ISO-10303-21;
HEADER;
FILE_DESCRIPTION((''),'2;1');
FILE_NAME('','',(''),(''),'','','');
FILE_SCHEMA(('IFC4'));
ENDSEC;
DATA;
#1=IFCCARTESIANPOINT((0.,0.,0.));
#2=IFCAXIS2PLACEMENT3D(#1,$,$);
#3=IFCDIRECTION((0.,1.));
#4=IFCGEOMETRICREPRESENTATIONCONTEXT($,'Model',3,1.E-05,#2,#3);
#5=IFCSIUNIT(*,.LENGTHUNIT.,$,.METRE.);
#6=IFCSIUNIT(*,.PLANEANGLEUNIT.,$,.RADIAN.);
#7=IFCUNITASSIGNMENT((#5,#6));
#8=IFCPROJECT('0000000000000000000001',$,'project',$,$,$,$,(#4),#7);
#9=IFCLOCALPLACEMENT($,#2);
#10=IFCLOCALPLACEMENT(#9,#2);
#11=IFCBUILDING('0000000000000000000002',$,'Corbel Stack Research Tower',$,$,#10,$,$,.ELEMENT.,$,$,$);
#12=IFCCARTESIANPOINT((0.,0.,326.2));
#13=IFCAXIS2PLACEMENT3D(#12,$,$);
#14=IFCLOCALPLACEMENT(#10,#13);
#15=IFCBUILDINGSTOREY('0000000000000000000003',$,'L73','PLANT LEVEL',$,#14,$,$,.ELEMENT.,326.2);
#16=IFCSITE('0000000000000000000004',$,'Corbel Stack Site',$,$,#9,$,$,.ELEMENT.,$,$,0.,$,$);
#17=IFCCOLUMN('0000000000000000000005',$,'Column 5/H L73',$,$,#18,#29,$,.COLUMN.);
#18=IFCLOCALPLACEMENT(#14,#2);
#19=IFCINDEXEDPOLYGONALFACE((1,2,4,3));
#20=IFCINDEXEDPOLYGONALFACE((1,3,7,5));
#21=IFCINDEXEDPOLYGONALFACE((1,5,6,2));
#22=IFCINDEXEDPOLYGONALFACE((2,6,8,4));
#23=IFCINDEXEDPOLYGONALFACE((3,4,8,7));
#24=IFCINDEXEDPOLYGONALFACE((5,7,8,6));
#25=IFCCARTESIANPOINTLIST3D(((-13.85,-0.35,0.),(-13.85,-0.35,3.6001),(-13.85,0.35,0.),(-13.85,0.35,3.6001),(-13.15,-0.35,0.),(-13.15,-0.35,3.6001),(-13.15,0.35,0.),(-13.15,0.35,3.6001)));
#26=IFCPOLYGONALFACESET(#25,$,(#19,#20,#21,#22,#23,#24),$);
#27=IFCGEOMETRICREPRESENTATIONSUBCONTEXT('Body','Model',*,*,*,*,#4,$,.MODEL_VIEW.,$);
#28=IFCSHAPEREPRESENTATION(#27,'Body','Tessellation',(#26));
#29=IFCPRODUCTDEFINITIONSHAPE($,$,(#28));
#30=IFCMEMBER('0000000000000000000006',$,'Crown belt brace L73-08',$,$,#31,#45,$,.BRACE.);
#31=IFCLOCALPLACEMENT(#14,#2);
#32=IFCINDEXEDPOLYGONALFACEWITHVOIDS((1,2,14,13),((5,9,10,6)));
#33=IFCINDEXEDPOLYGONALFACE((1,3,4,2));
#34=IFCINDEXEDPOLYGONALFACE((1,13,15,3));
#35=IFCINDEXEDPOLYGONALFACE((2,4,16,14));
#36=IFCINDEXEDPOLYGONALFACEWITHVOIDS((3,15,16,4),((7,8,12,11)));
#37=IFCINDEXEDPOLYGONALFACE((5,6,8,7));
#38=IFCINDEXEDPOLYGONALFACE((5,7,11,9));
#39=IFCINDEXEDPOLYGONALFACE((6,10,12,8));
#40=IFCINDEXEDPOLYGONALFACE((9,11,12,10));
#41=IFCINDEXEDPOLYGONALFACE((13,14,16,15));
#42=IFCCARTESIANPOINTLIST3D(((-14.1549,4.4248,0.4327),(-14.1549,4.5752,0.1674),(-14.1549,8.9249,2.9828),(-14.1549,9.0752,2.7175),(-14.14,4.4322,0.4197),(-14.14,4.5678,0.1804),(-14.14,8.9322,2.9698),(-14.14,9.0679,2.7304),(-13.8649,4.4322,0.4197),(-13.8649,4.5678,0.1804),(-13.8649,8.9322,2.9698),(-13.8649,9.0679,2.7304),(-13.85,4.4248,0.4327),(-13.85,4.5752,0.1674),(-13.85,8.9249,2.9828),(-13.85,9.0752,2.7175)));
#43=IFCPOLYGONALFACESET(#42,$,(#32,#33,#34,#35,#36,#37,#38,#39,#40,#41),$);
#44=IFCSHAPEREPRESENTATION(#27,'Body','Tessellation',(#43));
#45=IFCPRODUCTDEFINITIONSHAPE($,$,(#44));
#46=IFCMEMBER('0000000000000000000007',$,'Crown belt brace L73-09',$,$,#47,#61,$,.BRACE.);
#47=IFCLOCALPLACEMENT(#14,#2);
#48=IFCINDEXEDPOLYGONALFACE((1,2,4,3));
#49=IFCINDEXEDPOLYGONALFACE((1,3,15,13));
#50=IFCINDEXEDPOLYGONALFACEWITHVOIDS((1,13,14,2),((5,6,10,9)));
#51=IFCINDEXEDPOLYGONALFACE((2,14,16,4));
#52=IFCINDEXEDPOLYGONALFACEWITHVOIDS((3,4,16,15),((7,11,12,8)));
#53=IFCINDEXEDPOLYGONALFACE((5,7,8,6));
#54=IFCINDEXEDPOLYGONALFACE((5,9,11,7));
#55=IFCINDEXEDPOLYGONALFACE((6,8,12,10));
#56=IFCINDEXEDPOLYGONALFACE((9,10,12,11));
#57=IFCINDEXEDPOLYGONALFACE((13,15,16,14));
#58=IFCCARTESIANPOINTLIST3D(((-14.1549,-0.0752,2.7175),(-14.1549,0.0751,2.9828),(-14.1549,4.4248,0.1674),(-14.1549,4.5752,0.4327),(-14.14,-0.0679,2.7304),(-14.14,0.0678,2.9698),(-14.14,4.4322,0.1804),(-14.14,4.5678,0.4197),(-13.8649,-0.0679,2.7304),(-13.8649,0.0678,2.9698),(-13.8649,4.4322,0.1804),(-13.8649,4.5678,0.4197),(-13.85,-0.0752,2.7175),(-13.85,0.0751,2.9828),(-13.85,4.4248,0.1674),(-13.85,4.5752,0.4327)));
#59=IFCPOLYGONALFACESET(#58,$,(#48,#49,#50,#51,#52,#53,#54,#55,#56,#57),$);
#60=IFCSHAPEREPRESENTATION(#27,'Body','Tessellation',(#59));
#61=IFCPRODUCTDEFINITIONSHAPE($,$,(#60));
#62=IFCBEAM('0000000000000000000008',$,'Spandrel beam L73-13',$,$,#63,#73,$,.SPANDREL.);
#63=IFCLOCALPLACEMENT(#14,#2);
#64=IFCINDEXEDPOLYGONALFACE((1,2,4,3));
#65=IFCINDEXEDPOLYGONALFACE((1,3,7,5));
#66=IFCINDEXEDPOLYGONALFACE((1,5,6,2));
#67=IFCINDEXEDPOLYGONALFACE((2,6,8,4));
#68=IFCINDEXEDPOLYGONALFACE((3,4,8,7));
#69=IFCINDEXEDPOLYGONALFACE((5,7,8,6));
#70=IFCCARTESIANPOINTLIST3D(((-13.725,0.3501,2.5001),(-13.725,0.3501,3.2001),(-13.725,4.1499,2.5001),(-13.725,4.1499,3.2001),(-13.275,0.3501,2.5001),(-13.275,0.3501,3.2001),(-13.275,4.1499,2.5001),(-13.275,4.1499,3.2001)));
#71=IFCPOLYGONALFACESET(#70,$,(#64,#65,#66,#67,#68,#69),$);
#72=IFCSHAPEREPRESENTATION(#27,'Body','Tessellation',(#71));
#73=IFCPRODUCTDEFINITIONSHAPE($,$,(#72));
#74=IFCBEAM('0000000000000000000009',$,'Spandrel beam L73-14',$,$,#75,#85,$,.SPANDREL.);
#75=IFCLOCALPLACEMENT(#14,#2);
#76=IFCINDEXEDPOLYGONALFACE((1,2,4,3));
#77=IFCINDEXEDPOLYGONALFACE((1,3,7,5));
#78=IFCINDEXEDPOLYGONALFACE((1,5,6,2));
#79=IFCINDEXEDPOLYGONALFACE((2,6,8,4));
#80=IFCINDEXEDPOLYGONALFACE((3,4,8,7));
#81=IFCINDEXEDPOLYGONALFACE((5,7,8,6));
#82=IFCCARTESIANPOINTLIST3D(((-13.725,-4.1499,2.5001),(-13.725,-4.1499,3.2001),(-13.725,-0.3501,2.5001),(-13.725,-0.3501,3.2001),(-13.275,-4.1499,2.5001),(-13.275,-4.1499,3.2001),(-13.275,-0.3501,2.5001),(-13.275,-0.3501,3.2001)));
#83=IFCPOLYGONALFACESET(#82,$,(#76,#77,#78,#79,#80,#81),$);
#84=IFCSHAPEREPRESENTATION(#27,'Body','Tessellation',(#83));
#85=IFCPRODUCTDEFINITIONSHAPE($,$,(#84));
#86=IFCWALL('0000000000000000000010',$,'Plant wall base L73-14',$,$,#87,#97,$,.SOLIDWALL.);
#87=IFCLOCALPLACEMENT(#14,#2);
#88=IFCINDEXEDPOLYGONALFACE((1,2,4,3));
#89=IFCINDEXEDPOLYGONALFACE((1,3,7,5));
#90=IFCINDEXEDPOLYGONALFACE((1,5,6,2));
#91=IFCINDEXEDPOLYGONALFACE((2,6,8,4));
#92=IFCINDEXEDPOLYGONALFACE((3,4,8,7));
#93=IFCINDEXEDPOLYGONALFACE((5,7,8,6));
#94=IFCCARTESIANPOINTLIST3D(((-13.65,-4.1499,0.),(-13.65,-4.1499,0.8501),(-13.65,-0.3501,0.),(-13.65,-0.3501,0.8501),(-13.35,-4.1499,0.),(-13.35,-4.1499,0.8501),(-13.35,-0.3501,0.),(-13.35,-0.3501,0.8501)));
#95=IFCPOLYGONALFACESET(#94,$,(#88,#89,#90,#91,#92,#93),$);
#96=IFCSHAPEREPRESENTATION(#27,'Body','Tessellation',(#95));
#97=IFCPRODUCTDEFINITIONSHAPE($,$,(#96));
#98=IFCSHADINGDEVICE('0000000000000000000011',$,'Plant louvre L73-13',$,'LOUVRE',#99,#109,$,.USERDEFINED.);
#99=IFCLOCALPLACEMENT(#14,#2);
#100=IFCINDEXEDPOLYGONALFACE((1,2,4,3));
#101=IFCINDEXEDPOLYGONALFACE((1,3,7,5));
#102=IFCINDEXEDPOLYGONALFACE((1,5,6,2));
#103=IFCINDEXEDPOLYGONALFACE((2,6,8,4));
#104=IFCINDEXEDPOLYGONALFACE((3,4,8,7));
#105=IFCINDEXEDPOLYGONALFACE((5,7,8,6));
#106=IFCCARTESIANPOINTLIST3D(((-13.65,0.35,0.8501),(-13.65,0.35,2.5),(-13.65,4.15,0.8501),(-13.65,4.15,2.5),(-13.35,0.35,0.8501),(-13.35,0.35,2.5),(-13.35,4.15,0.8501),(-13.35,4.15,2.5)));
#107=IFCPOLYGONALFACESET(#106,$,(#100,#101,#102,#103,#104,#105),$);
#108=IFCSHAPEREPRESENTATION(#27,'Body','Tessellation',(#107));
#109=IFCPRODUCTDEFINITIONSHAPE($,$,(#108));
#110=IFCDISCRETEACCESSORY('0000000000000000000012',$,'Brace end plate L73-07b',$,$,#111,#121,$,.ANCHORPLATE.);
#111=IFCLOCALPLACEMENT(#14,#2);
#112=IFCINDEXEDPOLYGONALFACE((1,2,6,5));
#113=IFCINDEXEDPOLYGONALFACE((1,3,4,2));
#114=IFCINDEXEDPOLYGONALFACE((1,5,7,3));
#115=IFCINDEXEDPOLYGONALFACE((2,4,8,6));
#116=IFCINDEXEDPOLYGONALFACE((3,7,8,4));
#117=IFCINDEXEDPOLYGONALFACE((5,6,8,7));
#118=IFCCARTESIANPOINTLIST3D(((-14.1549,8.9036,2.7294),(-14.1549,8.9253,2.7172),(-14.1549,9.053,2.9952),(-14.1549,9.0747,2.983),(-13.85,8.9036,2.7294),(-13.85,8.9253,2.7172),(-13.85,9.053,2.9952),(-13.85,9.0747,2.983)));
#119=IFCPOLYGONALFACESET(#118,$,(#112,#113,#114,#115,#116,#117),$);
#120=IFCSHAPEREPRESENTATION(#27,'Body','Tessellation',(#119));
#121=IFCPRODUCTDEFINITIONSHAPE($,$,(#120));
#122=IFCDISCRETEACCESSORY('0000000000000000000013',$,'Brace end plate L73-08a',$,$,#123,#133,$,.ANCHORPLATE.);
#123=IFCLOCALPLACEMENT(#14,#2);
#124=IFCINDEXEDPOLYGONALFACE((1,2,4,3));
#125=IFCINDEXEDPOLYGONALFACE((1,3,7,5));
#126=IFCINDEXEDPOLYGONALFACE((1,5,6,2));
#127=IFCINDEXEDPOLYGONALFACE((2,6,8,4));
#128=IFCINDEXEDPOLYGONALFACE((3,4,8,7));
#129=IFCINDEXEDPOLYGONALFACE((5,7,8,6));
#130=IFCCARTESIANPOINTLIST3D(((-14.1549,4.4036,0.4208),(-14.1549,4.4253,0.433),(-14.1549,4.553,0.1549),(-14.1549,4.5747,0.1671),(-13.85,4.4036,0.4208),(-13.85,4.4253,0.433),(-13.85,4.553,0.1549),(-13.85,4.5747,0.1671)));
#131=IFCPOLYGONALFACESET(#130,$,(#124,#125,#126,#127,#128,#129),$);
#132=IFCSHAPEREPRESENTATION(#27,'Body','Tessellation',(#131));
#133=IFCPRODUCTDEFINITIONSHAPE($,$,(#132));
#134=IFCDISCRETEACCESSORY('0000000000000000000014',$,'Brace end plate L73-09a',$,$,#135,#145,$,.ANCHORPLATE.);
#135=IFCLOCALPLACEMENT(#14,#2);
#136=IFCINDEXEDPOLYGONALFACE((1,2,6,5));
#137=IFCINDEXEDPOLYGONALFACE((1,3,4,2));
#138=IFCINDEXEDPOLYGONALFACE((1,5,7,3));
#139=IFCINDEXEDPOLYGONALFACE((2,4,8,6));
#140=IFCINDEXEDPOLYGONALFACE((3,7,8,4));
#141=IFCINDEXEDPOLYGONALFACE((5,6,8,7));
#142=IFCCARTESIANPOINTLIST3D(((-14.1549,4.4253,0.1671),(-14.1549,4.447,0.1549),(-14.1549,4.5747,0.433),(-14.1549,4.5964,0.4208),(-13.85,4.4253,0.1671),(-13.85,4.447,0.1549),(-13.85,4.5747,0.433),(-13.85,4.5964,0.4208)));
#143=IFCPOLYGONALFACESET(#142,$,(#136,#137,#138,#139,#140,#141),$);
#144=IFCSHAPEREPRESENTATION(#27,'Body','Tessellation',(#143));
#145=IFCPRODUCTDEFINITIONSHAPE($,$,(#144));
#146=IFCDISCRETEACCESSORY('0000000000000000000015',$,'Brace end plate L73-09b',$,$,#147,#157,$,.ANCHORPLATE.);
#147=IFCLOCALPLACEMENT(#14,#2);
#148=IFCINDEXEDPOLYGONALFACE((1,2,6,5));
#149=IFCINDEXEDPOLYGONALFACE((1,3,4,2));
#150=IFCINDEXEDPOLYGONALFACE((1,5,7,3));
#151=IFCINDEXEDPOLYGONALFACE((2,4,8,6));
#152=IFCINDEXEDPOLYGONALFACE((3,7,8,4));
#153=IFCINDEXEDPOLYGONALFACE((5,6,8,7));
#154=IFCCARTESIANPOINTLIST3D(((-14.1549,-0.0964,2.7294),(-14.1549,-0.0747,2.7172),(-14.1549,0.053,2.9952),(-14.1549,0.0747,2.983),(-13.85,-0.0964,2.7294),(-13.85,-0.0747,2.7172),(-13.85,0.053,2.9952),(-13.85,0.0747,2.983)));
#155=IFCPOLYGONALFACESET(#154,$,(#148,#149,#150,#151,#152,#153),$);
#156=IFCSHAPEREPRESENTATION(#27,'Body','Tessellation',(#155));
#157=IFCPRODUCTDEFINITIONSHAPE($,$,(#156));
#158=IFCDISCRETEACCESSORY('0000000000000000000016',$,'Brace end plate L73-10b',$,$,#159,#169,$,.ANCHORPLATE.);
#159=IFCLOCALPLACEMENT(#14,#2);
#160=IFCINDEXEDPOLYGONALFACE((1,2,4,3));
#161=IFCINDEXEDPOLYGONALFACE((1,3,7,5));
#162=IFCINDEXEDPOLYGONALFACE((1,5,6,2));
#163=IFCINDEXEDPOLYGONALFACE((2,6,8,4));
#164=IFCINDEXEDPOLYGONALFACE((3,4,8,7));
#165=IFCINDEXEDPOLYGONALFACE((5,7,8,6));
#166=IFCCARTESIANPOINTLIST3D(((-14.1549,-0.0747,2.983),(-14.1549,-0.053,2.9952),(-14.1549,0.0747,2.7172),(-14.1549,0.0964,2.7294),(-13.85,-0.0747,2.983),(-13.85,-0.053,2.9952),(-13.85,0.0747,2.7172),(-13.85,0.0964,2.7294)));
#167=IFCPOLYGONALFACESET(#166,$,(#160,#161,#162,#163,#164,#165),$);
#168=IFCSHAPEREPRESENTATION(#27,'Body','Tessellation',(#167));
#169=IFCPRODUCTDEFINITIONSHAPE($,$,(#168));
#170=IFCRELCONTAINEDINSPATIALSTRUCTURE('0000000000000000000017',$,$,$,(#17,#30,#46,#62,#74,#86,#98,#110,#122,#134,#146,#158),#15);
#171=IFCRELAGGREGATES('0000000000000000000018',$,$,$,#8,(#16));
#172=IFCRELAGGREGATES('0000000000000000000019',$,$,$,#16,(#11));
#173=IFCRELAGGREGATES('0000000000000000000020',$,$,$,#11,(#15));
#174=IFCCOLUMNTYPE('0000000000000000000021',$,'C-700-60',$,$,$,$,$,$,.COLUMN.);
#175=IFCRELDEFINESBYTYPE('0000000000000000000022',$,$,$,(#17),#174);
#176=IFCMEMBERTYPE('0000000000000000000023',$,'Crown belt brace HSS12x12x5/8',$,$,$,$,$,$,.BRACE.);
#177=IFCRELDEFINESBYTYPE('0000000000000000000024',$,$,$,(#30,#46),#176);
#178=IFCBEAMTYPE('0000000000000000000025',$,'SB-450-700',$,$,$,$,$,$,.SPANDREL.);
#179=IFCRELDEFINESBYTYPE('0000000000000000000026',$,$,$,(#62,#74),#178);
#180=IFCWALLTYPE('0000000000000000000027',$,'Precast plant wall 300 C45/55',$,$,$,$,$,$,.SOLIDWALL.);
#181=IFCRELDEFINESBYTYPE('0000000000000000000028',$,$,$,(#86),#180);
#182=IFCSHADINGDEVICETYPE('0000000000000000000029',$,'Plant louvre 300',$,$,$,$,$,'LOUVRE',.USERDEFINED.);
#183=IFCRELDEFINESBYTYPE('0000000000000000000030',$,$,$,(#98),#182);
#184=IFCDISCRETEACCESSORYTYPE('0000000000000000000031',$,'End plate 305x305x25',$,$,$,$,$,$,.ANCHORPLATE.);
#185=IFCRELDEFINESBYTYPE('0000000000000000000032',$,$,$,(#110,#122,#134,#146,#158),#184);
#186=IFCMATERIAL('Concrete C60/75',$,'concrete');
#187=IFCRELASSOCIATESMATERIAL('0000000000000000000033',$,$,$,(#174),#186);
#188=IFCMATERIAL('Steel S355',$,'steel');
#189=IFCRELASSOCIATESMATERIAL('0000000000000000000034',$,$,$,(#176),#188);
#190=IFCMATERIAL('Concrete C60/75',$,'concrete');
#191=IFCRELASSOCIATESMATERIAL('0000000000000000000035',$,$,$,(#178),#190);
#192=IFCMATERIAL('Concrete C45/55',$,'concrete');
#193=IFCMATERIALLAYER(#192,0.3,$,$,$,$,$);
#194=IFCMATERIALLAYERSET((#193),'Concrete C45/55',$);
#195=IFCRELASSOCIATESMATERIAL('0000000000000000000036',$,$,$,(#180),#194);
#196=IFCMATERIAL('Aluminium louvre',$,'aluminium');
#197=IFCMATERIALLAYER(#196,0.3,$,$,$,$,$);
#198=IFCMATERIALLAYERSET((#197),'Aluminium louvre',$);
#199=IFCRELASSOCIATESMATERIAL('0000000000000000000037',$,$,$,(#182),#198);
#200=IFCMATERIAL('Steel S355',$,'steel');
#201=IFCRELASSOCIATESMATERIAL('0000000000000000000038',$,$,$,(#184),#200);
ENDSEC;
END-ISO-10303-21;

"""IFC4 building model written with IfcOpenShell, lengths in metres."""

from ifc_helpers import new_model, si_unit, direction, frame, frame_2d, origin, origin_2d, place, context, subcontext, project, spatial, rectangle, hollow_rectangle, extrude, material, layer, layer_set, material_profile, profile_set, type_object, element, save


model = new_model("IFC4")

# Units and contexts
model_context = context("Model", 3, precision=1e-05, world=origin(), true_north=direction((0.0, 1.0)))
body_context = subcontext(model_context, "Body", "Model", "MODEL_VIEW")
ifc_project = project(units=[si_unit("LENGTHUNIT", "METRE"), si_unit("PLANEANGLEUNIT", "RADIAN")], contexts=[model_context])

# Site, building, storey
site_placement = place(None, origin())
site = spatial("IfcSite", under=ifc_project, at=site_placement, Name="Corbel Stack Site", CompositionType="ELEMENT", RefElevation=0.0)
building_placement = place(site_placement, origin())
building = spatial("IfcBuilding", under=site, at=building_placement, Name="Corbel Stack Research Tower", CompositionType="ELEMENT")
storey_placement = place(building_placement, frame((0.0, 0.0, 326.2)))
storey = spatial("IfcBuildingStorey", under=building, at=storey_placement, Name="L73", Description="PLANT LEVEL", CompositionType="ELEMENT", Elevation=326.2)

# Column
ifc_material_1 = material(Name="Concrete C60/75", Category="concrete")
ifc_material_profile_1 = material_profile(ifc_material_1, rectangle(XDim=0.7, YDim=0.7, at=origin_2d()), Name="RC 700 x 700")
ifc_profile_set_1 = profile_set([ifc_material_profile_1], Name="Concrete C60/75")
column_type = type_object("IfcColumnType", Name="C-700-60", PredefinedType="COLUMN", material=ifc_profile_set_1)
column_placement = place(storey_placement, frame((-13.5, 0.0, 0.0), z_axis=(0.0, 0.0, 1.0), x_axis=(1.0, 0.0, 0.0)))
element("IfcColumn", 1, at=column_placement, inside=storey, type_object=column_type, Name="Column 5/H L73", PredefinedType="COLUMN", context=body_context, shape_type="SweptSolid", body=[
    extrude(rectangle(XDim=0.7, YDim=0.7, at=origin_2d()), origin(), (0.0, 0.0, 1.0), 3.6001),
])

# Members
ifc_material_2 = material(Name="Steel S355", Category="steel")
ifc_material_profile_2 = material_profile(ifc_material_2, hollow_rectangle(XDim=0.3049, YDim=0.3049, WallThickness=0.0149, at=origin_2d()), Name="HSS12x12x5/8")
ifc_profile_set_2 = profile_set([ifc_material_profile_2], Name="Steel S355")
member_type = type_object("IfcMemberType", Name="Crown belt brace HSS12x12x5/8", PredefinedType="BRACE", material=ifc_profile_set_2)
for number, where, z_axis, x_axis, name in (
    (2, (-14.0024, 4.5, 0.3), (0.0, 0.870018, 0.49302), (-1.0, 0.0, 0.0), "Crown belt brace L73-08"),
    (3, (-14.0024, 4.5, 0.3), (0.0, -0.870018, 0.49302), (1.0, 0.0, 0.0), "Crown belt brace L73-09"),
):
    element("IfcMember", number, at=place(storey_placement, frame(where, z_axis=z_axis, x_axis=x_axis)), inside=storey, type_object=member_type, Name=name, PredefinedType="BRACE", context=body_context, shape_type="SweptSolid", body=[
        extrude(hollow_rectangle(XDim=0.3049, YDim=0.3049, WallThickness=0.0149, at=origin_2d()), origin(), (0.0, 0.0, 1.0), 5.1724),
    ])

# Beams
ifc_material_3 = material(Name="Concrete C60/75", Category="concrete")
ifc_material_profile_3 = material_profile(ifc_material_3, rectangle(XDim=0.45, YDim=0.7, at=origin_2d()), Name="RC 450 x 700")
ifc_profile_set_3 = profile_set([ifc_material_profile_3], Name="Concrete C60/75")
beam_type = type_object("IfcBeamType", Name="SB-450-700", PredefinedType="SPANDREL", material=ifc_profile_set_3)
for number, where, z_axis, x_axis, name in (
    (4, (-13.5, 4.1499, 2.8501), (0.0, -1.0, 0.0), (1.0, 0.0, 0.0), "Spandrel beam L73-13"),
    (5, (-13.5, -0.3501, 2.8501), (0.0, -1.0, 0.0), (1.0, 0.0, 0.0), "Spandrel beam L73-14"),
):
    element("IfcBeam", number, at=place(storey_placement, frame(where, z_axis=z_axis, x_axis=x_axis)), inside=storey, type_object=beam_type, Name=name, PredefinedType="SPANDREL", context=body_context, shape_type="SweptSolid", body=[
        extrude(rectangle(XDim=0.45, YDim=0.7, at=origin_2d()), origin(), (0.0, 0.0, 1.0), 3.7998),
    ])

# Wall
ifc_material_4 = material(Name="Concrete C45/55", Category="concrete")
ifc_layer_1 = layer(ifc_material_4, 0.3)
ifc_layer_set_1 = layer_set([ifc_layer_1], Name="Concrete C45/55")
wall_type = type_object("IfcWallType", Name="Precast plant wall 300 C45/55", PredefinedType="SOLIDWALL", material=ifc_layer_set_1)
wall_placement = place(storey_placement, frame((-13.5, -0.3501, 0.0), z_axis=(0.0, 0.0, 1.0), x_axis=(0.0, -1.0, 0.0)))
element("IfcWall", 6, at=wall_placement, inside=storey, type_object=wall_type, Name="Plant wall base L73-14", PredefinedType="SOLIDWALL", context=body_context, shape_type="SweptSolid", body=[
    extrude(rectangle(XDim=3.7998, YDim=0.3, at=frame_2d((1.8999, 0.0))), origin(), (0.0, 0.0, 1.0), 0.8501),
])

# Shading device
ifc_material_5 = material(Name="Aluminium louvre", Category="aluminium")
ifc_layer_2 = layer(ifc_material_5, 0.3)
ifc_layer_set_2 = layer_set([ifc_layer_2], Name="Aluminium louvre")
shading_device_type = type_object("IfcShadingDeviceType", Name="Plant louvre 300", ElementType="LOUVRE", PredefinedType="USERDEFINED", material=ifc_layer_set_2)
shading_device_placement = place(storey_placement, frame((-13.5, 2.25, 0.8501), z_axis=(0.0, 0.0, 1.0), x_axis=(0.0, -1.0, 0.0)))
element("IfcShadingDevice", 7, at=shading_device_placement, inside=storey, type_object=shading_device_type, Name="Plant louvre L73-13", ObjectType="LOUVRE", PredefinedType="USERDEFINED", context=body_context, shape_type="SweptSolid", body=[
    extrude(rectangle(XDim=3.8, YDim=0.3, at=origin_2d()), origin(), (0.0, 0.0, 1.0), 1.6499),
])

# Discrete accessories
ifc_material_6 = material(Name="Steel S355", Category="steel")
ifc_material_profile_4 = material_profile(ifc_material_6, rectangle(XDim=0.3049, YDim=0.3049, at=origin_2d()), Name="End plate 305x305x25")
ifc_profile_set_4 = profile_set([ifc_material_profile_4], Name="Steel S355")
discrete_accessory_type = type_object("IfcDiscreteAccessoryType", Name="End plate 305x305x25", PredefinedType="ANCHORPLATE", material=ifc_profile_set_4)
for number, where, z_axis, x_axis, name in (
    (8, (-14.0024, 9.0, 2.8501), (0.0, -0.871837, 0.489796), (1.0, 0.0, 0.0), "Brace end plate L73-07b"),
    (9, (-14.0024, 4.5, 0.3), (0.0, -0.871837, -0.489796), (1.0, 0.0, 0.0), "Brace end plate L73-08a"),
    (10, (-14.0024, 4.5, 0.3), (0.0, 0.871837, -0.489796), (-1.0, 0.0, 0.0), "Brace end plate L73-09a"),
    (11, (-14.0024, 0.0, 2.8501), (0.0, -0.871837, 0.489796), (1.0, 0.0, 0.0), "Brace end plate L73-09b"),
    (12, (-14.0024, 0.0, 2.8501), (0.0, 0.871837, 0.489796), (-1.0, 0.0, 0.0), "Brace end plate L73-10b"),
):
    element("IfcDiscreteAccessory", number, at=place(storey_placement, frame(where, z_axis=z_axis, x_axis=x_axis)), inside=storey, type_object=discrete_accessory_type, Name=name, PredefinedType="ANCHORPLATE", context=body_context, shape_type="SweptSolid", body=[
        extrude(rectangle(XDim=0.3049, YDim=0.3049, at=origin_2d()), origin(), (0.0, 0.0, 1.0), 0.0249),
    ])

save(model, "model.ifc")
